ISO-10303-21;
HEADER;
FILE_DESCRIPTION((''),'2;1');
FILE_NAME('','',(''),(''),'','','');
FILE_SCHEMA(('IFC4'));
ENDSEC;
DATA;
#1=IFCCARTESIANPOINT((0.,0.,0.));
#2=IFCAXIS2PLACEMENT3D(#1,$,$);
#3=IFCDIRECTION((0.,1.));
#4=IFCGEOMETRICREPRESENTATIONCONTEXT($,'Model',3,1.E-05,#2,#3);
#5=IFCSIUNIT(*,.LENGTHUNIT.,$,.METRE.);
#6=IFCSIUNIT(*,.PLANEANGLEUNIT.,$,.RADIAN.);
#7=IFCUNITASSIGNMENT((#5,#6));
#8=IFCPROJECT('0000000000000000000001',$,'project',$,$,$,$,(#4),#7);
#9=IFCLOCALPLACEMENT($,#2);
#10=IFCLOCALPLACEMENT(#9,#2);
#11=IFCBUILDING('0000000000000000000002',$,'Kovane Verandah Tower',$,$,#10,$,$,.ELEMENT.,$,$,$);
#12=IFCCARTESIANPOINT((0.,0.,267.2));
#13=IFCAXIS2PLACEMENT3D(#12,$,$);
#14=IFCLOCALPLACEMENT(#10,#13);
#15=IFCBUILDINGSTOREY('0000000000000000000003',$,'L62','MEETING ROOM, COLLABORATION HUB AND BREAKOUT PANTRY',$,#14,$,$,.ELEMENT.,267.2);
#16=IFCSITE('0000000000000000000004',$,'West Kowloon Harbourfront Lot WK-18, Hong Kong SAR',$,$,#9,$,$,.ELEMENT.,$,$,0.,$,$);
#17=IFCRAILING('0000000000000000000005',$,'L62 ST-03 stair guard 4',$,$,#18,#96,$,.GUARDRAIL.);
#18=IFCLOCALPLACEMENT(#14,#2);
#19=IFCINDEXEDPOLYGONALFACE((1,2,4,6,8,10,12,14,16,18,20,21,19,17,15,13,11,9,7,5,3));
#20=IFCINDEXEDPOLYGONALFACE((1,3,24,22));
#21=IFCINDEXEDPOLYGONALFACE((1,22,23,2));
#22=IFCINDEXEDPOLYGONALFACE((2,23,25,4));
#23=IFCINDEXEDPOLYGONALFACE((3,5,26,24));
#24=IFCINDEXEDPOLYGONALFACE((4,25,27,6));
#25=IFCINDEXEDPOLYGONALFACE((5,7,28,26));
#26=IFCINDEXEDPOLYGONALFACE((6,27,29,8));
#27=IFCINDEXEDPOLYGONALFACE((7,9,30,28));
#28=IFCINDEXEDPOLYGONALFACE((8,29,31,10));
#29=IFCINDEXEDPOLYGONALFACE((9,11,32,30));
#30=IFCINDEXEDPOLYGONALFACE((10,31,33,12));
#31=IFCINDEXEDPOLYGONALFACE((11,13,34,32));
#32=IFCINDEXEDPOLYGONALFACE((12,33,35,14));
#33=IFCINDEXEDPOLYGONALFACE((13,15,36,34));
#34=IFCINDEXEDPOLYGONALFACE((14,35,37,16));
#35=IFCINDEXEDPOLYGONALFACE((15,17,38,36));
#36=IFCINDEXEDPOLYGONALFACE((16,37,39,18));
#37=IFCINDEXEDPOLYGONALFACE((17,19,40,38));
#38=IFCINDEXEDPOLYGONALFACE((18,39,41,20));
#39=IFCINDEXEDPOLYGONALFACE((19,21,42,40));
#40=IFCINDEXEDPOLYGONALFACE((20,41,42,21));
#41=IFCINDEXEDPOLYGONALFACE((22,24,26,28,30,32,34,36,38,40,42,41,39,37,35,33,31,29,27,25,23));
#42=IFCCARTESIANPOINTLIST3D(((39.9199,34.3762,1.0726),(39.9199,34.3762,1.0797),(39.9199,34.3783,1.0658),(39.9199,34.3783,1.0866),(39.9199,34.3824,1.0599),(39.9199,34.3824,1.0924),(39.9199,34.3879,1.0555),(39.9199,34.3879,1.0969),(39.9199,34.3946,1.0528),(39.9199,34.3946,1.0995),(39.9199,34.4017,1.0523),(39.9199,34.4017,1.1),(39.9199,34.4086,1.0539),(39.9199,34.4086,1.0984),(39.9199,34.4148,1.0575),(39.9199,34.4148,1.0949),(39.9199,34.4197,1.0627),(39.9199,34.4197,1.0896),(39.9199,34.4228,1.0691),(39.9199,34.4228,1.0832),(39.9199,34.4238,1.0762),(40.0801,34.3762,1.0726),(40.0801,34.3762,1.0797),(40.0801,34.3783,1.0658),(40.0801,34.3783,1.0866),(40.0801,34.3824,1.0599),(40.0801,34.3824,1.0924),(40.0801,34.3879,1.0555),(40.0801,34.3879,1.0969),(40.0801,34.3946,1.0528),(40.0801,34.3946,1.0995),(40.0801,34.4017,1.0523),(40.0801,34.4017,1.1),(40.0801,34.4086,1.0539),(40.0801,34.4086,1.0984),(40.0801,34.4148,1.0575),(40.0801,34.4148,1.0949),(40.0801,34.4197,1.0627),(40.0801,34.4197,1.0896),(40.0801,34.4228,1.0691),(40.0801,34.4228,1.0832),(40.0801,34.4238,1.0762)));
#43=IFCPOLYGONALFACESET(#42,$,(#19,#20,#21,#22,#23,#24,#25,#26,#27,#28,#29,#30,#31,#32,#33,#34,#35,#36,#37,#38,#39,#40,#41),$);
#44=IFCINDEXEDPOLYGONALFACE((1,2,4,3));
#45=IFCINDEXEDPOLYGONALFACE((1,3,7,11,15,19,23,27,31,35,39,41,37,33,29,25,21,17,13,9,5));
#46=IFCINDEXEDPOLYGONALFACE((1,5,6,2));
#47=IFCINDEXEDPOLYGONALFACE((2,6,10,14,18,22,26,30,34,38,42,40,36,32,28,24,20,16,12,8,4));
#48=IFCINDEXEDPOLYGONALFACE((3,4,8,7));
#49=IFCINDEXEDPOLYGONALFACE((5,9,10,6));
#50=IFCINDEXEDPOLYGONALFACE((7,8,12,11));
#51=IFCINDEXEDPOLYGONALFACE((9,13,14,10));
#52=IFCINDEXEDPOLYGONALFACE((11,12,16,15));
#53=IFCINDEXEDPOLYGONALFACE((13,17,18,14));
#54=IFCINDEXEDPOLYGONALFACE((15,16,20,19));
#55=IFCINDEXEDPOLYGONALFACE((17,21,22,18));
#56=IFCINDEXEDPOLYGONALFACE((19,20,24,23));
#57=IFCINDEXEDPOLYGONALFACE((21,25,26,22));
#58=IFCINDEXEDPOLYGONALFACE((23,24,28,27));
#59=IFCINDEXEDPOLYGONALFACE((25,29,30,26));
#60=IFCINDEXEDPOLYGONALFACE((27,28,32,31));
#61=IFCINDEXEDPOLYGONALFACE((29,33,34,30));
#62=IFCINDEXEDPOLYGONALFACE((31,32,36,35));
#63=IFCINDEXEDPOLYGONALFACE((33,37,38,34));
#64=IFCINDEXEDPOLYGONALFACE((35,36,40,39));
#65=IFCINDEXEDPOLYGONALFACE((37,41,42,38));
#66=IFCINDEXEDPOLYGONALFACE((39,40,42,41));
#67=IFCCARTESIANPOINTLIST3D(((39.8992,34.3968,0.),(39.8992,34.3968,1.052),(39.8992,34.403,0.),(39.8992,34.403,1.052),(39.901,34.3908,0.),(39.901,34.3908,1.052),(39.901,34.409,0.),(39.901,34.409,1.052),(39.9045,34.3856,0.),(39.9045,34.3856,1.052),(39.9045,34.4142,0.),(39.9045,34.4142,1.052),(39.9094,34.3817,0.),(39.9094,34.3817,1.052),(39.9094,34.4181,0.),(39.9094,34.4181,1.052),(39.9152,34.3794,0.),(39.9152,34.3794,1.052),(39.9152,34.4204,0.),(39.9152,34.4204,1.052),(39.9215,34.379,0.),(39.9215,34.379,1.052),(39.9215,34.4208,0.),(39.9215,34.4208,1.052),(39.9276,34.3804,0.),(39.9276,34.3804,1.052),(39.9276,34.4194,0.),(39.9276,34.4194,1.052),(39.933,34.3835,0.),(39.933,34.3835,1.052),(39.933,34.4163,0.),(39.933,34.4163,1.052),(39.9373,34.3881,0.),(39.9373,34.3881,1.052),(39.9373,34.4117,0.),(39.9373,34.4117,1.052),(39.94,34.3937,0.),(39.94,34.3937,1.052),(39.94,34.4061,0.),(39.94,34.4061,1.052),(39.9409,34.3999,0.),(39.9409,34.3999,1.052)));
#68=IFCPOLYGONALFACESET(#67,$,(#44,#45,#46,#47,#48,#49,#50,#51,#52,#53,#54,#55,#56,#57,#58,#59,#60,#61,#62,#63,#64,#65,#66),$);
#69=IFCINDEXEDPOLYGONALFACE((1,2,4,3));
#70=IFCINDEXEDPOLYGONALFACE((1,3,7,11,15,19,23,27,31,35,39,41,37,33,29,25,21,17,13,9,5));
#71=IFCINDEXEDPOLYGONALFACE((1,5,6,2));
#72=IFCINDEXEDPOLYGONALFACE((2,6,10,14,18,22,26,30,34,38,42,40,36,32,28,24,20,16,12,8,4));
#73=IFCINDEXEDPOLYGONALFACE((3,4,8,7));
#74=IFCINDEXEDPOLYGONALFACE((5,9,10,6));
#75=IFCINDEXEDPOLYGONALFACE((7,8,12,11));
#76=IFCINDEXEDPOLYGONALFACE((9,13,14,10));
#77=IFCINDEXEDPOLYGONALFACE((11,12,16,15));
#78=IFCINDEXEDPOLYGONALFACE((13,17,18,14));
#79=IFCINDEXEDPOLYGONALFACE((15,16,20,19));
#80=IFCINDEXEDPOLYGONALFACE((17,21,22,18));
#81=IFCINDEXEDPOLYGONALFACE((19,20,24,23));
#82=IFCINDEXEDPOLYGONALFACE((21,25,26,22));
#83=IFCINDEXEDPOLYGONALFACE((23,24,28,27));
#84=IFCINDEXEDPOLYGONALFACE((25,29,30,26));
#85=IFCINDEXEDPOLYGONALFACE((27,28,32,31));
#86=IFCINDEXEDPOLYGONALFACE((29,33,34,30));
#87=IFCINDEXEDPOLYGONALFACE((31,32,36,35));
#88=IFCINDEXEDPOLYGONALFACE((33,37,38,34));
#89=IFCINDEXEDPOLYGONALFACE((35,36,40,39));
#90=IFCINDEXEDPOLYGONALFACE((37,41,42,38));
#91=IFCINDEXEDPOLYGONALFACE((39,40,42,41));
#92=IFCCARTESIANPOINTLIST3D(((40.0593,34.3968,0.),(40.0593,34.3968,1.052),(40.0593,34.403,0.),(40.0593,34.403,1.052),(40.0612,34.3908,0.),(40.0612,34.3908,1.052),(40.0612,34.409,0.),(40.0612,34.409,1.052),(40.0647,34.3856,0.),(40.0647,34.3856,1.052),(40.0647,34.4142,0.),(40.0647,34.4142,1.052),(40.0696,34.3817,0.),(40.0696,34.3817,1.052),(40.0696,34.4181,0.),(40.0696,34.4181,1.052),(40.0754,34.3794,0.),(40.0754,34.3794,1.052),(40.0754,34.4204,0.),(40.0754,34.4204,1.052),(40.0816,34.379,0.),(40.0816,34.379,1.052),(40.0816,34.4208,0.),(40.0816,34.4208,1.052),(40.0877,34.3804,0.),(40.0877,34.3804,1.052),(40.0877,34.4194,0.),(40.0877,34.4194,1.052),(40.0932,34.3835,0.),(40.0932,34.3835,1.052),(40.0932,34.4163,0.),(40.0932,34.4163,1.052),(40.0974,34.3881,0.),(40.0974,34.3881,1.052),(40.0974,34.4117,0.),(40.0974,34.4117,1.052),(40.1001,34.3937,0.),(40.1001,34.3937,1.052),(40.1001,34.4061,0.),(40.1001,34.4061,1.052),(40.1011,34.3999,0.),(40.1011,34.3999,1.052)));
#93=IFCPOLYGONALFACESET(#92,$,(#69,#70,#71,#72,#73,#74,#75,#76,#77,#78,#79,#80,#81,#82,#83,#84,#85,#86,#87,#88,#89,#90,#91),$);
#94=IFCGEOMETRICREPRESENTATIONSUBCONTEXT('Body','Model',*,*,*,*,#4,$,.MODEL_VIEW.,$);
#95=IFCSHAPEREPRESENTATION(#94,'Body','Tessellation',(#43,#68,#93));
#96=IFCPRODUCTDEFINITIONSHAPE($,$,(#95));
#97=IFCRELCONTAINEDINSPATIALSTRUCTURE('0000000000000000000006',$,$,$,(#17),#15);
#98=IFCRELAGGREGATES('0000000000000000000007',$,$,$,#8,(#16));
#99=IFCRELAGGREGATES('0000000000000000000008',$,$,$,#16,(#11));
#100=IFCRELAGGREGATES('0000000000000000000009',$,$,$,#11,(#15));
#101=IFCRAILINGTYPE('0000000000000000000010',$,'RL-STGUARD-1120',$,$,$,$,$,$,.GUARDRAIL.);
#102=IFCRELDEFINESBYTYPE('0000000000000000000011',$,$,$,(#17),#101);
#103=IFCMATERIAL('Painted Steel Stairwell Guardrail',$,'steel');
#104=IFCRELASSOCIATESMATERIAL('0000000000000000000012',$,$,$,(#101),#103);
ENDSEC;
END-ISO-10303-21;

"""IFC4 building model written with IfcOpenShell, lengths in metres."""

from ifc_helpers import new_model, si_unit, direction, frame, origin, origin_2d, place, context, subcontext, project, spatial, circle, extrude, material, type_object, element, save


model = new_model("IFC4")

# Units and contexts
model_context = context("Model", 3, precision=1e-05, world=origin(), true_north=direction((0.0, 1.0)))
body_context = subcontext(model_context, "Body", "Model", "MODEL_VIEW")
ifc_project = project(units=[si_unit("LENGTHUNIT", "METRE"), si_unit("PLANEANGLEUNIT", "RADIAN")], contexts=[model_context])

# Site, building, storey
site_placement = place(None, origin())
site = spatial("IfcSite", under=ifc_project, at=site_placement, Name="West Kowloon Harbourfront Lot WK-18, Hong Kong SAR", CompositionType="ELEMENT", RefElevation=0.0)
building_placement = place(site_placement, origin())
building = spatial("IfcBuilding", under=site, at=building_placement, Name="Kovane Verandah Tower", CompositionType="ELEMENT")
storey_placement = place(building_placement, frame((0.0, 0.0, 267.2)))
storey = spatial("IfcBuildingStorey", under=building, at=storey_placement, Name="L62", Description="MEETING ROOM, COLLABORATION HUB AND BREAKOUT PANTRY", CompositionType="ELEMENT", Elevation=267.2)

# Railing
ifc_material_1 = material(Name="Painted Steel Stairwell Guardrail", Category="steel")
railing_type_1 = type_object("IfcRailingType", Name="RL-STGUARD-1120", PredefinedType="GUARDRAIL", material=ifc_material_1)
railing_1_placement = place(storey_placement, frame((39.9199, 34.3999, 0.0)))
element("IfcRailing", 1, at=railing_1_placement, inside=storey, type_object=railing_type_1, Name="L62 ST-03 stair guard 4", PredefinedType="GUARDRAIL", context=body_context, shape_type="SweptSolid", body=[
    extrude(circle(Radius=0.0239, at=origin_2d()), frame((0.0, 0.0, 1.0762), z_axis=(1.0, 0.0, 0.0), x_axis=(0.0, 1.0, 0.0)), (0.0, 0.0, 1.0), 0.1602),
    extrude(circle(Radius=0.021, at=origin_2d()), origin(), (0.0, 0.0, 1.0), 1.052),
    extrude(circle(Radius=0.021, at=origin_2d()), frame((0.1602, 0.0, 0.0)), (0.0, 0.0, 1.0), 1.052),
])

save(model, "model.ifc")
